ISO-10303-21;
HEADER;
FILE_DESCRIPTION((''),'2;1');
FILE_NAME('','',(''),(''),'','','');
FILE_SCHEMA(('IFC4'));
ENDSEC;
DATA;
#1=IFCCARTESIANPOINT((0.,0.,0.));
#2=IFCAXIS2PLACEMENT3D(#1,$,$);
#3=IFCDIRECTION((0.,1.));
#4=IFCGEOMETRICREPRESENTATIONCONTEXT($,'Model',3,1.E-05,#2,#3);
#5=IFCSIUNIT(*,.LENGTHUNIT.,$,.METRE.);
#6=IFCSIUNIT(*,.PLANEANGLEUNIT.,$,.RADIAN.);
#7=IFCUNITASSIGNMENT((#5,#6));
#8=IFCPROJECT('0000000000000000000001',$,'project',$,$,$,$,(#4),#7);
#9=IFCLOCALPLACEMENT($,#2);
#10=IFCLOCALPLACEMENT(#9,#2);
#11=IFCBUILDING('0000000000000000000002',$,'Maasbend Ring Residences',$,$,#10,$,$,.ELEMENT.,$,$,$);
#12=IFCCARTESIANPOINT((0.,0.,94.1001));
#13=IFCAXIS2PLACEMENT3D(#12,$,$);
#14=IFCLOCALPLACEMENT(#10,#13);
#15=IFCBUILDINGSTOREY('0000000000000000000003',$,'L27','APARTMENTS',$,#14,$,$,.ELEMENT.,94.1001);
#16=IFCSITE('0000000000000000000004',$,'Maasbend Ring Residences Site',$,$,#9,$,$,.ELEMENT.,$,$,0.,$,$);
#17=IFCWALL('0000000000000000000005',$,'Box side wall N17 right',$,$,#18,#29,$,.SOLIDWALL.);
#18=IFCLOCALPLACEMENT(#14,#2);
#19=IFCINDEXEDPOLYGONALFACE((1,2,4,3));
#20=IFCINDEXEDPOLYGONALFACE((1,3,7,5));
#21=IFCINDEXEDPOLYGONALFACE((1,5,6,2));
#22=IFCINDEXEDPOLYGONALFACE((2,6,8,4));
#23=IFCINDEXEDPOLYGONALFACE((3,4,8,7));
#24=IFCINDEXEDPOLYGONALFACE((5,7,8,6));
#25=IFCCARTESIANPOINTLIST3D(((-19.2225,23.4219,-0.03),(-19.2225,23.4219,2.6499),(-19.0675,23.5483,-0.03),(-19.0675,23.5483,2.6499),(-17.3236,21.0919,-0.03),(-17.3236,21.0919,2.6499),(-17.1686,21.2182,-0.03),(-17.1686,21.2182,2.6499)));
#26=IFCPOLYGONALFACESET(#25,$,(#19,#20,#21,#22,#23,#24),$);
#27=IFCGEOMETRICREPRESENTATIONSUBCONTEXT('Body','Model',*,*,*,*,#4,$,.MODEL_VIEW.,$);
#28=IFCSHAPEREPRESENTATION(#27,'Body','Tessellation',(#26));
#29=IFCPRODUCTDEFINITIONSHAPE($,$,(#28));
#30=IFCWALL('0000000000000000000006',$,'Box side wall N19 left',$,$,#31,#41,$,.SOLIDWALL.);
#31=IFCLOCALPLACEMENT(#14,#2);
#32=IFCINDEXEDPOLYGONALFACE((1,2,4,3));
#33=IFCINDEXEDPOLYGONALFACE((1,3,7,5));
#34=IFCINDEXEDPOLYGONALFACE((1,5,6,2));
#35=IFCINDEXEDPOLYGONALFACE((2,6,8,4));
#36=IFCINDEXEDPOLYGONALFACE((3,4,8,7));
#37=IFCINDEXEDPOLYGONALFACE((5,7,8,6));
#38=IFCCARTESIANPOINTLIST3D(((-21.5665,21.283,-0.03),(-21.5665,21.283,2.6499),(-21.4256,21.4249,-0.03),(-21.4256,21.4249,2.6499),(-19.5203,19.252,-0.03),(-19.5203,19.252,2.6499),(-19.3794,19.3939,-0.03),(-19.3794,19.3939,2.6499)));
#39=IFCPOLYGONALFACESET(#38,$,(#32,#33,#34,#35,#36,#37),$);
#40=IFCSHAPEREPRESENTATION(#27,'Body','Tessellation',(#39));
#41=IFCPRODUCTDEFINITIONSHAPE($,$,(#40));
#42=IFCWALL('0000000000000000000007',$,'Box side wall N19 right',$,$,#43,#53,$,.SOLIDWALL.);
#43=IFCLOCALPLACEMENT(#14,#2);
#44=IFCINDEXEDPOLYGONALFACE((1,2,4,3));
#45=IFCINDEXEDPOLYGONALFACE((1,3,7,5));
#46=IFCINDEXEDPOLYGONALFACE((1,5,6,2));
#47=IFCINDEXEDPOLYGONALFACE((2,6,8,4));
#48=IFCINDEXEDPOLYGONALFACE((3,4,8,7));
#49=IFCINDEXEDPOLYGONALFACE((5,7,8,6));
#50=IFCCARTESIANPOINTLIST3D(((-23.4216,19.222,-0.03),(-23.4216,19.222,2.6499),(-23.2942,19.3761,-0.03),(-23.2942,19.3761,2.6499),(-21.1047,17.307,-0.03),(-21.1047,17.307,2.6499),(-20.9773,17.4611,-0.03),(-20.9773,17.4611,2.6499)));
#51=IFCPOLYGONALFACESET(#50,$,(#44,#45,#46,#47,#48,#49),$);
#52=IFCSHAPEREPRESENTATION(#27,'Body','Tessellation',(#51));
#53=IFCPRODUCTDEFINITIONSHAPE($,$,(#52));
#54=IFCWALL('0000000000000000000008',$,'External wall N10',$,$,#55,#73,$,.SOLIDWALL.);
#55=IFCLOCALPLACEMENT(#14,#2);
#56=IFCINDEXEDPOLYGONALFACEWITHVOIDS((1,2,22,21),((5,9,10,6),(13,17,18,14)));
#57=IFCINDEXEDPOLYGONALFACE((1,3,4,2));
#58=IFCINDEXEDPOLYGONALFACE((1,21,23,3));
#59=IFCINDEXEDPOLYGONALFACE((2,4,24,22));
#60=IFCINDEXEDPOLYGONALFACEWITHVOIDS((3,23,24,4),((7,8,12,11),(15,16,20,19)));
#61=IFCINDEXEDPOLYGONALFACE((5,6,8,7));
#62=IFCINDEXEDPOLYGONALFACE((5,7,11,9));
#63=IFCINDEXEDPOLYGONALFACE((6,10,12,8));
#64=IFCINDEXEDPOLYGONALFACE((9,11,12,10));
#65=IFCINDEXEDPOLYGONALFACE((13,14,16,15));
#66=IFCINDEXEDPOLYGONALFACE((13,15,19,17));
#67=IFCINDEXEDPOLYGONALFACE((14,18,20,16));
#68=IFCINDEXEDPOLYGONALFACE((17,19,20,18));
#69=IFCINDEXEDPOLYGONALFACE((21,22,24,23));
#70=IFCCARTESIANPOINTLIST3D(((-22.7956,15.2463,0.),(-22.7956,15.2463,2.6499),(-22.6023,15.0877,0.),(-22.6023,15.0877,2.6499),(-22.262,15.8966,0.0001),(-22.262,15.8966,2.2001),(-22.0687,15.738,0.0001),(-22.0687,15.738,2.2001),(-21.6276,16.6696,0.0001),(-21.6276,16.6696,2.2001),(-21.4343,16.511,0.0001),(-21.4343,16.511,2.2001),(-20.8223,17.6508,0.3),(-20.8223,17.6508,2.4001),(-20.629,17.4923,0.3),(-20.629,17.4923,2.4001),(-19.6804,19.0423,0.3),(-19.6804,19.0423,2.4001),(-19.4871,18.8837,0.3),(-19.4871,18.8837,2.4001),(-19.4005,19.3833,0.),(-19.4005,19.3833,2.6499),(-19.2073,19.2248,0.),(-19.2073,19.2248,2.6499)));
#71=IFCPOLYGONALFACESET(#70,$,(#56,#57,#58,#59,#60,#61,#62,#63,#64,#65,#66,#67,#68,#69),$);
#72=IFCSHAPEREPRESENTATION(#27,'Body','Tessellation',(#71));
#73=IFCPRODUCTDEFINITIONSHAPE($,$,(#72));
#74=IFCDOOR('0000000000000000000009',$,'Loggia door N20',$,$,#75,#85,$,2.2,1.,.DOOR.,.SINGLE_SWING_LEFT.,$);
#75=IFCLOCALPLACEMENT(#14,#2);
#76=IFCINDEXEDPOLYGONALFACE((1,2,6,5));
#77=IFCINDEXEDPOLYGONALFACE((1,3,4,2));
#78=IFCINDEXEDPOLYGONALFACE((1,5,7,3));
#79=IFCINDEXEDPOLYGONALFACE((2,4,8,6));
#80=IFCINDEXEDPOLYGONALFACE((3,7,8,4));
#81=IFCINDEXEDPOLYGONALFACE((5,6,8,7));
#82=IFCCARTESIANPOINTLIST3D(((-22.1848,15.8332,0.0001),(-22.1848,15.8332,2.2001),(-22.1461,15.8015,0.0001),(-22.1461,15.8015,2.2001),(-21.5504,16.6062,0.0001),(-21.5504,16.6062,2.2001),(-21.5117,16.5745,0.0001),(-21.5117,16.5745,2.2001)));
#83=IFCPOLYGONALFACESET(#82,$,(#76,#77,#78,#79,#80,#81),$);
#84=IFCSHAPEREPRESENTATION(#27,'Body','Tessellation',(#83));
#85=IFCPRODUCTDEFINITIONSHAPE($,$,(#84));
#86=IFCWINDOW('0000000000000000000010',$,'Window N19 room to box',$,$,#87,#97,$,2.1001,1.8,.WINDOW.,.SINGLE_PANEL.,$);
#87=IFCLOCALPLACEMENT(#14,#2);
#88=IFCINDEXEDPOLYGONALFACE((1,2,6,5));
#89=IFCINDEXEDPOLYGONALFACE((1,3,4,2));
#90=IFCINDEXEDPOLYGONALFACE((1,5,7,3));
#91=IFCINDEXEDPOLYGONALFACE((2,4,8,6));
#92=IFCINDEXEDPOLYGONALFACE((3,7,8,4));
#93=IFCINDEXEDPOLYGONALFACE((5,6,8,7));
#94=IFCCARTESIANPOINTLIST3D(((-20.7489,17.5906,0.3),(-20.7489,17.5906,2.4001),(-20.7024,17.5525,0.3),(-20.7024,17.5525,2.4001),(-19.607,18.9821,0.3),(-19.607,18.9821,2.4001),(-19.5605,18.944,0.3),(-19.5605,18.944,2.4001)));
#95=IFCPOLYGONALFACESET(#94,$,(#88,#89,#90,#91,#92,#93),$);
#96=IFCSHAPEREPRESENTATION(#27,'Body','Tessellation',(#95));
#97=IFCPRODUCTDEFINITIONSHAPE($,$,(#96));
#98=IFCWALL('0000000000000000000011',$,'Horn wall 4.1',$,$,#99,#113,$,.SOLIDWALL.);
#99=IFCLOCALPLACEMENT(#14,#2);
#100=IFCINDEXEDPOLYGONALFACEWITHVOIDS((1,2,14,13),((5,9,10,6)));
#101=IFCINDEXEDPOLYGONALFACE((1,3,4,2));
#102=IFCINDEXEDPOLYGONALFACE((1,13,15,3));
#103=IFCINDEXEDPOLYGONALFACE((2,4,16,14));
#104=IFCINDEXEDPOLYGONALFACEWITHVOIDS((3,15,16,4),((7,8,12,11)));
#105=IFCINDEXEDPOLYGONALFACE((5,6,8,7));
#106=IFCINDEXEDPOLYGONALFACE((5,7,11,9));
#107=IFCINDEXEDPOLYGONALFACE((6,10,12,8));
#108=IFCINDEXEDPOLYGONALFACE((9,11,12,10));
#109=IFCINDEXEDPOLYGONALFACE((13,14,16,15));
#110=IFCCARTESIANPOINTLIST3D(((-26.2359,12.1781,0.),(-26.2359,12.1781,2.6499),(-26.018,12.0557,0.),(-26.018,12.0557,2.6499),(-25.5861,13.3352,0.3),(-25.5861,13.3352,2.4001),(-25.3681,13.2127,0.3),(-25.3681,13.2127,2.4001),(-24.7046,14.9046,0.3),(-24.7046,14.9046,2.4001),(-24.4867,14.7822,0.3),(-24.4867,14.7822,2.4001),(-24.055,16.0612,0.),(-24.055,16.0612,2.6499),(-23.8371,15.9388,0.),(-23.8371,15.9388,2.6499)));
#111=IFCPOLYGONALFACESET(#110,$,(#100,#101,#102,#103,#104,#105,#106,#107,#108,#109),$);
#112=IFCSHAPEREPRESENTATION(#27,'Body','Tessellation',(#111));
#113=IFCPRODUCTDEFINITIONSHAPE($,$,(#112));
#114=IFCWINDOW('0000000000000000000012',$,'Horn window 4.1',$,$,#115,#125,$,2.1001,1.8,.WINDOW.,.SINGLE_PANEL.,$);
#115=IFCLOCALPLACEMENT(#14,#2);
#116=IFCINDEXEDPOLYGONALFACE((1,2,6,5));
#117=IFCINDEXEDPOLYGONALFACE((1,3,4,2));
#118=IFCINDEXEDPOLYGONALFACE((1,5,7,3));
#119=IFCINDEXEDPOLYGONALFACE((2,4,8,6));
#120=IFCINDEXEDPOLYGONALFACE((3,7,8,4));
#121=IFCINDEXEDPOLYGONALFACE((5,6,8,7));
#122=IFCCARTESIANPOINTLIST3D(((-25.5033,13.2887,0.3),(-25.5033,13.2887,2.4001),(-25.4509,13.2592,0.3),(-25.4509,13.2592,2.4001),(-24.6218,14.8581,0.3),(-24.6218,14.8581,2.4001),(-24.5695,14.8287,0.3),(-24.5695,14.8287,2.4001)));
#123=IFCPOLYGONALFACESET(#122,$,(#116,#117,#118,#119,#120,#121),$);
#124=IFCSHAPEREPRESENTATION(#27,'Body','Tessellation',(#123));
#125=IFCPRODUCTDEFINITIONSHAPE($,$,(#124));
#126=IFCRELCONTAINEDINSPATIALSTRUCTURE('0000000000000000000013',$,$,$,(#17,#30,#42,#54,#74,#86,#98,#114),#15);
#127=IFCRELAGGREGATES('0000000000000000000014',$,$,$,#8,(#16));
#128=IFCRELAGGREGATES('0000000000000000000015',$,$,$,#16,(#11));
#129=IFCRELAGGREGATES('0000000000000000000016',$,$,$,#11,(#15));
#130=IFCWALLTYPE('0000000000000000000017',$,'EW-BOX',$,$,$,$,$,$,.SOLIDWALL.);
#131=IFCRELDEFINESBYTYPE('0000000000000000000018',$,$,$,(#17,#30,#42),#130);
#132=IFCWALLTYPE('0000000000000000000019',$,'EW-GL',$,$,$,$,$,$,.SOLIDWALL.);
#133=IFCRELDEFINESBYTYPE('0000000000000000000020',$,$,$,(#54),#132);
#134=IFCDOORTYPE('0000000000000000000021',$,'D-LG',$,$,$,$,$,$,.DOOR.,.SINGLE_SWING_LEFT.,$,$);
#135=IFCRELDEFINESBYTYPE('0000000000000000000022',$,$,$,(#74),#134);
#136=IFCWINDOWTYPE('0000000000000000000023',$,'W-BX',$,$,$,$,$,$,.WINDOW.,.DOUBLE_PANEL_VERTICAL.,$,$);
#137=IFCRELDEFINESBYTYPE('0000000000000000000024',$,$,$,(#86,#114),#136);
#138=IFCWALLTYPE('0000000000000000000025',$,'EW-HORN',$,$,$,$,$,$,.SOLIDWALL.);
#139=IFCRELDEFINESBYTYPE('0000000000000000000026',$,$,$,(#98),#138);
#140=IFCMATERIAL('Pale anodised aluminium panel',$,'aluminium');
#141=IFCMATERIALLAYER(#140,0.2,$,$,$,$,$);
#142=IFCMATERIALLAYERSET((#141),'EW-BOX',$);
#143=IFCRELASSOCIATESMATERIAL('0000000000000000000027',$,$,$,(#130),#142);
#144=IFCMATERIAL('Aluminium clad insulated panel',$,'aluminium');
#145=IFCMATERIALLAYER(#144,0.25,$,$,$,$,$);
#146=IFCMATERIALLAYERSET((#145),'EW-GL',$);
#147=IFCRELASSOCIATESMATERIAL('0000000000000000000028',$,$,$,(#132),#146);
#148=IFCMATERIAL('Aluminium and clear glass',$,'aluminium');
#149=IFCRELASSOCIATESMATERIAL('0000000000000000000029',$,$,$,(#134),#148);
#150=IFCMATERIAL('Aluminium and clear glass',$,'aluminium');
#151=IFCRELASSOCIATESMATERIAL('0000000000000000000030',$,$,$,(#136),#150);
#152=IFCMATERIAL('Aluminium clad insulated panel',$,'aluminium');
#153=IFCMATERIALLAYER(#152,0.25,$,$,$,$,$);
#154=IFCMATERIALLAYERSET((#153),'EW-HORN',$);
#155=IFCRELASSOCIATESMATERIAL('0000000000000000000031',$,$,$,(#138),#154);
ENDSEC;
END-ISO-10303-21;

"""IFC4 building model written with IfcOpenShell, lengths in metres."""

from ifc_helpers import new_model, si_unit, direction, frame, frame_2d, origin, place, context, subcontext, project, spatial, rectangle, extrude, material, layer, layer_set, type_object, element, fill, save


model = new_model("IFC4")

# Units and contexts
model_context = context("Model", 3, precision=1e-05, world=origin(), true_north=direction((0.0, 1.0)))
body_context = subcontext(model_context, "Body", "Model", "MODEL_VIEW")
ifc_project = project(units=[si_unit("LENGTHUNIT", "METRE"), si_unit("PLANEANGLEUNIT", "RADIAN")], contexts=[model_context])

# Site, building, storey
site_placement = place(None, origin())
site = spatial("IfcSite", under=ifc_project, at=site_placement, Name="Maasbend Ring Residences Site", CompositionType="ELEMENT", RefElevation=0.0)
building_placement = place(site_placement, origin())
building = spatial("IfcBuilding", under=site, at=building_placement, Name="Maasbend Ring Residences", CompositionType="ELEMENT")
storey_placement = place(building_placement, frame((0.0, 0.0, 94.1001)))
storey = spatial("IfcBuildingStorey", under=building, at=storey_placement, Name="L27", Description="APARTMENTS", CompositionType="ELEMENT", Elevation=94.1001)

# Walls
ifc_material_1 = material(Name="Pale anodised aluminium panel", Category="aluminium")
ifc_layer_1 = layer(ifc_material_1, 0.2)
ifc_layer_set_1 = layer_set([ifc_layer_1], Name="EW-BOX")
wall_type_1 = type_object("IfcWallType", Name="EW-BOX", PredefinedType="SOLIDWALL", material=ifc_layer_set_1)
wall_1_placement = place(storey_placement, frame((-17.2461, 21.155, -0.03), z_axis=(0.0, 0.0, 1.0), x_axis=(-0.631742, 0.775179, 0.0)))
element("IfcWall", 1, at=wall_1_placement, inside=storey, type_object=wall_type_1, Name="Box side wall N17 right", PredefinedType="SOLIDWALL", context=body_context, shape_type="SweptSolid", body=[
    extrude(rectangle(XDim=3.0059, YDim=0.2, at=frame_2d((1.5029, 0.0))), origin(), (0.0, 0.0, 1.0), 2.6799),
])
wall_2_placement = place(storey_placement, frame((-19.45, 19.323, -0.03), z_axis=(0.0, 0.0, 1.0), x_axis=(-0.709727, 0.704477, 0.0)))
element("IfcWall", 2, at=wall_2_placement, inside=storey, type_object=wall_type_1, Name="Box side wall N19 left", PredefinedType="SOLIDWALL", context=body_context, shape_type="SweptSolid", body=[
    extrude(rectangle(XDim=2.8831, YDim=0.2, at=frame_2d((1.4414, 0.0))), origin(), (0.0, 0.0, 1.0), 2.6799),
])
wall_3_placement = place(storey_placement, frame((-21.041, 17.384, -0.03), z_axis=(0.0, 0.0, 1.0), x_axis=(-0.770785, 0.637096, 0.0)))
element("IfcWall", 3, at=wall_3_placement, inside=storey, type_object=wall_type_1, Name="Box side wall N19 right", PredefinedType="SOLIDWALL", context=body_context, shape_type="SweptSolid", body=[
    extrude(rectangle(XDim=3.0059, YDim=0.2, at=frame_2d((1.5029, 0.0))), origin(), (0.0, 0.0, 1.0), 2.6799),
])

# Wall, openings, door, window
ifc_material_2 = material(Name="Aluminium clad insulated panel", Category="aluminium")
ifc_layer_2 = layer(ifc_material_2, 0.25)
ifc_layer_set_2 = layer_set([ifc_layer_2], Name="EW-GL")
wall_type_2 = type_object("IfcWallType", Name="EW-GL", PredefinedType="SOLIDWALL", material=ifc_layer_set_2)
wall_4_placement = place(storey_placement, frame((-19.304, 19.304, 0.0), z_axis=(0.0, 0.0, 1.0), x_axis=(-0.634382, -0.773019, 0.0)))
wall_4 = element("IfcWall", 4, at=wall_4_placement, inside=storey, type_object=wall_type_2, Name="External wall N10", PredefinedType="SOLIDWALL", context=body_context, shape_type="SweptSolid", body=[
    extrude(rectangle(XDim=5.3518, YDim=0.25, at=frame_2d((2.6758, 0.0))), origin(), (0.0, 0.0, 1.0), 2.6499),
])
opening_1_placement = place(wall_4_placement, frame((0.4412, 0.0, 0.3)))
opening_1 = element("IfcOpeningElement", 5, at=opening_1_placement, cuts=wall_4, PredefinedType="OPENING", context=body_context, shape_type="SweptSolid", body=[
    extrude(rectangle(XDim=1.8, YDim=2.1001, at=frame_2d((0.8999, 1.05))), frame((0.0, 0.135, 0.0), z_axis=(0.0, -1.0, 0.0), x_axis=(1.0, 0.0, 0.0)), (0.0, 0.0, 1.0), 0.27),
])
opening_2_placement = place(wall_4_placement, frame((3.5105, 0.0, 0.0)))
opening_2 = element("IfcOpeningElement", 6, at=opening_2_placement, cuts=wall_4, PredefinedType="OPENING", context=body_context, shape_type="SweptSolid", body=[
    extrude(rectangle(XDim=1.0, YDim=2.2, at=frame_2d((0.5, 1.1001))), frame((0.0, 0.135, 0.0), z_axis=(0.0, -1.0, 0.0), x_axis=(1.0, 0.0, 0.0)), (0.0, 0.0, 1.0), 0.27),
])
ifc_material_3 = material(Name="Aluminium and clear glass", Category="aluminium")
door_type_1 = type_object("IfcDoorType", Name="D-LG", OperationType="SINGLE_SWING_LEFT", PredefinedType="DOOR", material=ifc_material_3)
door_1_placement = place(opening_2_placement, origin())
door_1 = element("IfcDoor", 7, at=door_1_placement, inside=storey, type_object=door_type_1, Name="Loggia door N20", OperationType="SINGLE_SWING_LEFT", OverallHeight=2.2, OverallWidth=1.0, PredefinedType="DOOR", context=body_context, shape_type="SweptSolid", body=[
    extrude(rectangle(XDim=1.0, YDim=2.2, at=frame_2d((0.5, 1.1001))), frame((0.0, 0.0249, 0.0), z_axis=(0.0, -1.0, 0.0), x_axis=(1.0, 0.0, 0.0)), (0.0, 0.0, 1.0), 0.05),
])
fill(opening_2, door_1)
ifc_material_4 = material(Name="Aluminium and clear glass", Category="aluminium")
window_type = type_object("IfcWindowType", Name="W-BX", PartitioningType="DOUBLE_PANEL_VERTICAL", PredefinedType="WINDOW", material=ifc_material_4)
window_1_placement = place(opening_1_placement, origin())
window_1 = element("IfcWindow", 8, at=window_1_placement, inside=storey, type_object=window_type, Name="Window N19 room to box", OverallHeight=2.1001, OverallWidth=1.8, PartitioningType="SINGLE_PANEL", PredefinedType="WINDOW", context=body_context, shape_type="SweptSolid", body=[
    extrude(rectangle(XDim=1.8, YDim=2.1001, at=frame_2d((0.8999, 1.05))), frame((0.0, 0.03, 0.0), z_axis=(0.0, -1.0, 0.0), x_axis=(1.0, 0.0, 0.0)), (0.0, 0.0, 1.0), 0.0601),
])
fill(opening_1, window_1)

# Wall, opening, window
ifc_material_5 = material(Name="Aluminium clad insulated panel", Category="aluminium")
ifc_layer_3 = layer(ifc_material_5, 0.25)
ifc_layer_set_3 = layer_set([ifc_layer_3], Name="EW-HORN")
wall_type_3 = type_object("IfcWallType", Name="EW-HORN", PredefinedType="SOLIDWALL", material=ifc_layer_set_3)
wall_5_placement = place(storey_placement, frame((-23.946, 16.0, 0.0), z_axis=(0.0, 0.0, 1.0), x_axis=(-0.489696, -0.871893, 0.0)))
wall_5 = element("IfcWall", 9, at=wall_5_placement, inside=storey, type_object=wall_type_3, Name="Horn wall 4.1", PredefinedType="SOLIDWALL", context=body_context, shape_type="SweptSolid", body=[
    extrude(rectangle(XDim=4.4536, YDim=0.25, at=frame_2d((2.2268, 0.0))), origin(), (0.0, 0.0, 1.0), 2.6499),
])
opening_3_placement = place(wall_5_placement, frame((1.3267, 0.0, 0.3)))
opening_3 = element("IfcOpeningElement", 10, at=opening_3_placement, cuts=wall_5, PredefinedType="OPENING", context=body_context, shape_type="SweptSolid", body=[
    extrude(rectangle(XDim=1.8, YDim=2.1001, at=frame_2d((0.8999, 1.05))), frame((0.0, 0.135, 0.0), z_axis=(0.0, -1.0, 0.0), x_axis=(1.0, 0.0, 0.0)), (0.0, 0.0, 1.0), 0.27),
])
window_2_placement = place(opening_3_placement, origin())
window_2 = element("IfcWindow", 11, at=window_2_placement, inside=storey, type_object=window_type, Name="Horn window 4.1", OverallHeight=2.1001, OverallWidth=1.8, PartitioningType="SINGLE_PANEL", PredefinedType="WINDOW", context=body_context, shape_type="SweptSolid", body=[
    extrude(rectangle(XDim=1.8, YDim=2.1001, at=frame_2d((0.8999, 1.05))), frame((0.0, 0.03, 0.0), z_axis=(0.0, -1.0, 0.0), x_axis=(1.0, 0.0, 0.0)), (0.0, 0.0, 1.0), 0.0601),
])
fill(opening_3, window_2)

save(model, "model.ifc")
